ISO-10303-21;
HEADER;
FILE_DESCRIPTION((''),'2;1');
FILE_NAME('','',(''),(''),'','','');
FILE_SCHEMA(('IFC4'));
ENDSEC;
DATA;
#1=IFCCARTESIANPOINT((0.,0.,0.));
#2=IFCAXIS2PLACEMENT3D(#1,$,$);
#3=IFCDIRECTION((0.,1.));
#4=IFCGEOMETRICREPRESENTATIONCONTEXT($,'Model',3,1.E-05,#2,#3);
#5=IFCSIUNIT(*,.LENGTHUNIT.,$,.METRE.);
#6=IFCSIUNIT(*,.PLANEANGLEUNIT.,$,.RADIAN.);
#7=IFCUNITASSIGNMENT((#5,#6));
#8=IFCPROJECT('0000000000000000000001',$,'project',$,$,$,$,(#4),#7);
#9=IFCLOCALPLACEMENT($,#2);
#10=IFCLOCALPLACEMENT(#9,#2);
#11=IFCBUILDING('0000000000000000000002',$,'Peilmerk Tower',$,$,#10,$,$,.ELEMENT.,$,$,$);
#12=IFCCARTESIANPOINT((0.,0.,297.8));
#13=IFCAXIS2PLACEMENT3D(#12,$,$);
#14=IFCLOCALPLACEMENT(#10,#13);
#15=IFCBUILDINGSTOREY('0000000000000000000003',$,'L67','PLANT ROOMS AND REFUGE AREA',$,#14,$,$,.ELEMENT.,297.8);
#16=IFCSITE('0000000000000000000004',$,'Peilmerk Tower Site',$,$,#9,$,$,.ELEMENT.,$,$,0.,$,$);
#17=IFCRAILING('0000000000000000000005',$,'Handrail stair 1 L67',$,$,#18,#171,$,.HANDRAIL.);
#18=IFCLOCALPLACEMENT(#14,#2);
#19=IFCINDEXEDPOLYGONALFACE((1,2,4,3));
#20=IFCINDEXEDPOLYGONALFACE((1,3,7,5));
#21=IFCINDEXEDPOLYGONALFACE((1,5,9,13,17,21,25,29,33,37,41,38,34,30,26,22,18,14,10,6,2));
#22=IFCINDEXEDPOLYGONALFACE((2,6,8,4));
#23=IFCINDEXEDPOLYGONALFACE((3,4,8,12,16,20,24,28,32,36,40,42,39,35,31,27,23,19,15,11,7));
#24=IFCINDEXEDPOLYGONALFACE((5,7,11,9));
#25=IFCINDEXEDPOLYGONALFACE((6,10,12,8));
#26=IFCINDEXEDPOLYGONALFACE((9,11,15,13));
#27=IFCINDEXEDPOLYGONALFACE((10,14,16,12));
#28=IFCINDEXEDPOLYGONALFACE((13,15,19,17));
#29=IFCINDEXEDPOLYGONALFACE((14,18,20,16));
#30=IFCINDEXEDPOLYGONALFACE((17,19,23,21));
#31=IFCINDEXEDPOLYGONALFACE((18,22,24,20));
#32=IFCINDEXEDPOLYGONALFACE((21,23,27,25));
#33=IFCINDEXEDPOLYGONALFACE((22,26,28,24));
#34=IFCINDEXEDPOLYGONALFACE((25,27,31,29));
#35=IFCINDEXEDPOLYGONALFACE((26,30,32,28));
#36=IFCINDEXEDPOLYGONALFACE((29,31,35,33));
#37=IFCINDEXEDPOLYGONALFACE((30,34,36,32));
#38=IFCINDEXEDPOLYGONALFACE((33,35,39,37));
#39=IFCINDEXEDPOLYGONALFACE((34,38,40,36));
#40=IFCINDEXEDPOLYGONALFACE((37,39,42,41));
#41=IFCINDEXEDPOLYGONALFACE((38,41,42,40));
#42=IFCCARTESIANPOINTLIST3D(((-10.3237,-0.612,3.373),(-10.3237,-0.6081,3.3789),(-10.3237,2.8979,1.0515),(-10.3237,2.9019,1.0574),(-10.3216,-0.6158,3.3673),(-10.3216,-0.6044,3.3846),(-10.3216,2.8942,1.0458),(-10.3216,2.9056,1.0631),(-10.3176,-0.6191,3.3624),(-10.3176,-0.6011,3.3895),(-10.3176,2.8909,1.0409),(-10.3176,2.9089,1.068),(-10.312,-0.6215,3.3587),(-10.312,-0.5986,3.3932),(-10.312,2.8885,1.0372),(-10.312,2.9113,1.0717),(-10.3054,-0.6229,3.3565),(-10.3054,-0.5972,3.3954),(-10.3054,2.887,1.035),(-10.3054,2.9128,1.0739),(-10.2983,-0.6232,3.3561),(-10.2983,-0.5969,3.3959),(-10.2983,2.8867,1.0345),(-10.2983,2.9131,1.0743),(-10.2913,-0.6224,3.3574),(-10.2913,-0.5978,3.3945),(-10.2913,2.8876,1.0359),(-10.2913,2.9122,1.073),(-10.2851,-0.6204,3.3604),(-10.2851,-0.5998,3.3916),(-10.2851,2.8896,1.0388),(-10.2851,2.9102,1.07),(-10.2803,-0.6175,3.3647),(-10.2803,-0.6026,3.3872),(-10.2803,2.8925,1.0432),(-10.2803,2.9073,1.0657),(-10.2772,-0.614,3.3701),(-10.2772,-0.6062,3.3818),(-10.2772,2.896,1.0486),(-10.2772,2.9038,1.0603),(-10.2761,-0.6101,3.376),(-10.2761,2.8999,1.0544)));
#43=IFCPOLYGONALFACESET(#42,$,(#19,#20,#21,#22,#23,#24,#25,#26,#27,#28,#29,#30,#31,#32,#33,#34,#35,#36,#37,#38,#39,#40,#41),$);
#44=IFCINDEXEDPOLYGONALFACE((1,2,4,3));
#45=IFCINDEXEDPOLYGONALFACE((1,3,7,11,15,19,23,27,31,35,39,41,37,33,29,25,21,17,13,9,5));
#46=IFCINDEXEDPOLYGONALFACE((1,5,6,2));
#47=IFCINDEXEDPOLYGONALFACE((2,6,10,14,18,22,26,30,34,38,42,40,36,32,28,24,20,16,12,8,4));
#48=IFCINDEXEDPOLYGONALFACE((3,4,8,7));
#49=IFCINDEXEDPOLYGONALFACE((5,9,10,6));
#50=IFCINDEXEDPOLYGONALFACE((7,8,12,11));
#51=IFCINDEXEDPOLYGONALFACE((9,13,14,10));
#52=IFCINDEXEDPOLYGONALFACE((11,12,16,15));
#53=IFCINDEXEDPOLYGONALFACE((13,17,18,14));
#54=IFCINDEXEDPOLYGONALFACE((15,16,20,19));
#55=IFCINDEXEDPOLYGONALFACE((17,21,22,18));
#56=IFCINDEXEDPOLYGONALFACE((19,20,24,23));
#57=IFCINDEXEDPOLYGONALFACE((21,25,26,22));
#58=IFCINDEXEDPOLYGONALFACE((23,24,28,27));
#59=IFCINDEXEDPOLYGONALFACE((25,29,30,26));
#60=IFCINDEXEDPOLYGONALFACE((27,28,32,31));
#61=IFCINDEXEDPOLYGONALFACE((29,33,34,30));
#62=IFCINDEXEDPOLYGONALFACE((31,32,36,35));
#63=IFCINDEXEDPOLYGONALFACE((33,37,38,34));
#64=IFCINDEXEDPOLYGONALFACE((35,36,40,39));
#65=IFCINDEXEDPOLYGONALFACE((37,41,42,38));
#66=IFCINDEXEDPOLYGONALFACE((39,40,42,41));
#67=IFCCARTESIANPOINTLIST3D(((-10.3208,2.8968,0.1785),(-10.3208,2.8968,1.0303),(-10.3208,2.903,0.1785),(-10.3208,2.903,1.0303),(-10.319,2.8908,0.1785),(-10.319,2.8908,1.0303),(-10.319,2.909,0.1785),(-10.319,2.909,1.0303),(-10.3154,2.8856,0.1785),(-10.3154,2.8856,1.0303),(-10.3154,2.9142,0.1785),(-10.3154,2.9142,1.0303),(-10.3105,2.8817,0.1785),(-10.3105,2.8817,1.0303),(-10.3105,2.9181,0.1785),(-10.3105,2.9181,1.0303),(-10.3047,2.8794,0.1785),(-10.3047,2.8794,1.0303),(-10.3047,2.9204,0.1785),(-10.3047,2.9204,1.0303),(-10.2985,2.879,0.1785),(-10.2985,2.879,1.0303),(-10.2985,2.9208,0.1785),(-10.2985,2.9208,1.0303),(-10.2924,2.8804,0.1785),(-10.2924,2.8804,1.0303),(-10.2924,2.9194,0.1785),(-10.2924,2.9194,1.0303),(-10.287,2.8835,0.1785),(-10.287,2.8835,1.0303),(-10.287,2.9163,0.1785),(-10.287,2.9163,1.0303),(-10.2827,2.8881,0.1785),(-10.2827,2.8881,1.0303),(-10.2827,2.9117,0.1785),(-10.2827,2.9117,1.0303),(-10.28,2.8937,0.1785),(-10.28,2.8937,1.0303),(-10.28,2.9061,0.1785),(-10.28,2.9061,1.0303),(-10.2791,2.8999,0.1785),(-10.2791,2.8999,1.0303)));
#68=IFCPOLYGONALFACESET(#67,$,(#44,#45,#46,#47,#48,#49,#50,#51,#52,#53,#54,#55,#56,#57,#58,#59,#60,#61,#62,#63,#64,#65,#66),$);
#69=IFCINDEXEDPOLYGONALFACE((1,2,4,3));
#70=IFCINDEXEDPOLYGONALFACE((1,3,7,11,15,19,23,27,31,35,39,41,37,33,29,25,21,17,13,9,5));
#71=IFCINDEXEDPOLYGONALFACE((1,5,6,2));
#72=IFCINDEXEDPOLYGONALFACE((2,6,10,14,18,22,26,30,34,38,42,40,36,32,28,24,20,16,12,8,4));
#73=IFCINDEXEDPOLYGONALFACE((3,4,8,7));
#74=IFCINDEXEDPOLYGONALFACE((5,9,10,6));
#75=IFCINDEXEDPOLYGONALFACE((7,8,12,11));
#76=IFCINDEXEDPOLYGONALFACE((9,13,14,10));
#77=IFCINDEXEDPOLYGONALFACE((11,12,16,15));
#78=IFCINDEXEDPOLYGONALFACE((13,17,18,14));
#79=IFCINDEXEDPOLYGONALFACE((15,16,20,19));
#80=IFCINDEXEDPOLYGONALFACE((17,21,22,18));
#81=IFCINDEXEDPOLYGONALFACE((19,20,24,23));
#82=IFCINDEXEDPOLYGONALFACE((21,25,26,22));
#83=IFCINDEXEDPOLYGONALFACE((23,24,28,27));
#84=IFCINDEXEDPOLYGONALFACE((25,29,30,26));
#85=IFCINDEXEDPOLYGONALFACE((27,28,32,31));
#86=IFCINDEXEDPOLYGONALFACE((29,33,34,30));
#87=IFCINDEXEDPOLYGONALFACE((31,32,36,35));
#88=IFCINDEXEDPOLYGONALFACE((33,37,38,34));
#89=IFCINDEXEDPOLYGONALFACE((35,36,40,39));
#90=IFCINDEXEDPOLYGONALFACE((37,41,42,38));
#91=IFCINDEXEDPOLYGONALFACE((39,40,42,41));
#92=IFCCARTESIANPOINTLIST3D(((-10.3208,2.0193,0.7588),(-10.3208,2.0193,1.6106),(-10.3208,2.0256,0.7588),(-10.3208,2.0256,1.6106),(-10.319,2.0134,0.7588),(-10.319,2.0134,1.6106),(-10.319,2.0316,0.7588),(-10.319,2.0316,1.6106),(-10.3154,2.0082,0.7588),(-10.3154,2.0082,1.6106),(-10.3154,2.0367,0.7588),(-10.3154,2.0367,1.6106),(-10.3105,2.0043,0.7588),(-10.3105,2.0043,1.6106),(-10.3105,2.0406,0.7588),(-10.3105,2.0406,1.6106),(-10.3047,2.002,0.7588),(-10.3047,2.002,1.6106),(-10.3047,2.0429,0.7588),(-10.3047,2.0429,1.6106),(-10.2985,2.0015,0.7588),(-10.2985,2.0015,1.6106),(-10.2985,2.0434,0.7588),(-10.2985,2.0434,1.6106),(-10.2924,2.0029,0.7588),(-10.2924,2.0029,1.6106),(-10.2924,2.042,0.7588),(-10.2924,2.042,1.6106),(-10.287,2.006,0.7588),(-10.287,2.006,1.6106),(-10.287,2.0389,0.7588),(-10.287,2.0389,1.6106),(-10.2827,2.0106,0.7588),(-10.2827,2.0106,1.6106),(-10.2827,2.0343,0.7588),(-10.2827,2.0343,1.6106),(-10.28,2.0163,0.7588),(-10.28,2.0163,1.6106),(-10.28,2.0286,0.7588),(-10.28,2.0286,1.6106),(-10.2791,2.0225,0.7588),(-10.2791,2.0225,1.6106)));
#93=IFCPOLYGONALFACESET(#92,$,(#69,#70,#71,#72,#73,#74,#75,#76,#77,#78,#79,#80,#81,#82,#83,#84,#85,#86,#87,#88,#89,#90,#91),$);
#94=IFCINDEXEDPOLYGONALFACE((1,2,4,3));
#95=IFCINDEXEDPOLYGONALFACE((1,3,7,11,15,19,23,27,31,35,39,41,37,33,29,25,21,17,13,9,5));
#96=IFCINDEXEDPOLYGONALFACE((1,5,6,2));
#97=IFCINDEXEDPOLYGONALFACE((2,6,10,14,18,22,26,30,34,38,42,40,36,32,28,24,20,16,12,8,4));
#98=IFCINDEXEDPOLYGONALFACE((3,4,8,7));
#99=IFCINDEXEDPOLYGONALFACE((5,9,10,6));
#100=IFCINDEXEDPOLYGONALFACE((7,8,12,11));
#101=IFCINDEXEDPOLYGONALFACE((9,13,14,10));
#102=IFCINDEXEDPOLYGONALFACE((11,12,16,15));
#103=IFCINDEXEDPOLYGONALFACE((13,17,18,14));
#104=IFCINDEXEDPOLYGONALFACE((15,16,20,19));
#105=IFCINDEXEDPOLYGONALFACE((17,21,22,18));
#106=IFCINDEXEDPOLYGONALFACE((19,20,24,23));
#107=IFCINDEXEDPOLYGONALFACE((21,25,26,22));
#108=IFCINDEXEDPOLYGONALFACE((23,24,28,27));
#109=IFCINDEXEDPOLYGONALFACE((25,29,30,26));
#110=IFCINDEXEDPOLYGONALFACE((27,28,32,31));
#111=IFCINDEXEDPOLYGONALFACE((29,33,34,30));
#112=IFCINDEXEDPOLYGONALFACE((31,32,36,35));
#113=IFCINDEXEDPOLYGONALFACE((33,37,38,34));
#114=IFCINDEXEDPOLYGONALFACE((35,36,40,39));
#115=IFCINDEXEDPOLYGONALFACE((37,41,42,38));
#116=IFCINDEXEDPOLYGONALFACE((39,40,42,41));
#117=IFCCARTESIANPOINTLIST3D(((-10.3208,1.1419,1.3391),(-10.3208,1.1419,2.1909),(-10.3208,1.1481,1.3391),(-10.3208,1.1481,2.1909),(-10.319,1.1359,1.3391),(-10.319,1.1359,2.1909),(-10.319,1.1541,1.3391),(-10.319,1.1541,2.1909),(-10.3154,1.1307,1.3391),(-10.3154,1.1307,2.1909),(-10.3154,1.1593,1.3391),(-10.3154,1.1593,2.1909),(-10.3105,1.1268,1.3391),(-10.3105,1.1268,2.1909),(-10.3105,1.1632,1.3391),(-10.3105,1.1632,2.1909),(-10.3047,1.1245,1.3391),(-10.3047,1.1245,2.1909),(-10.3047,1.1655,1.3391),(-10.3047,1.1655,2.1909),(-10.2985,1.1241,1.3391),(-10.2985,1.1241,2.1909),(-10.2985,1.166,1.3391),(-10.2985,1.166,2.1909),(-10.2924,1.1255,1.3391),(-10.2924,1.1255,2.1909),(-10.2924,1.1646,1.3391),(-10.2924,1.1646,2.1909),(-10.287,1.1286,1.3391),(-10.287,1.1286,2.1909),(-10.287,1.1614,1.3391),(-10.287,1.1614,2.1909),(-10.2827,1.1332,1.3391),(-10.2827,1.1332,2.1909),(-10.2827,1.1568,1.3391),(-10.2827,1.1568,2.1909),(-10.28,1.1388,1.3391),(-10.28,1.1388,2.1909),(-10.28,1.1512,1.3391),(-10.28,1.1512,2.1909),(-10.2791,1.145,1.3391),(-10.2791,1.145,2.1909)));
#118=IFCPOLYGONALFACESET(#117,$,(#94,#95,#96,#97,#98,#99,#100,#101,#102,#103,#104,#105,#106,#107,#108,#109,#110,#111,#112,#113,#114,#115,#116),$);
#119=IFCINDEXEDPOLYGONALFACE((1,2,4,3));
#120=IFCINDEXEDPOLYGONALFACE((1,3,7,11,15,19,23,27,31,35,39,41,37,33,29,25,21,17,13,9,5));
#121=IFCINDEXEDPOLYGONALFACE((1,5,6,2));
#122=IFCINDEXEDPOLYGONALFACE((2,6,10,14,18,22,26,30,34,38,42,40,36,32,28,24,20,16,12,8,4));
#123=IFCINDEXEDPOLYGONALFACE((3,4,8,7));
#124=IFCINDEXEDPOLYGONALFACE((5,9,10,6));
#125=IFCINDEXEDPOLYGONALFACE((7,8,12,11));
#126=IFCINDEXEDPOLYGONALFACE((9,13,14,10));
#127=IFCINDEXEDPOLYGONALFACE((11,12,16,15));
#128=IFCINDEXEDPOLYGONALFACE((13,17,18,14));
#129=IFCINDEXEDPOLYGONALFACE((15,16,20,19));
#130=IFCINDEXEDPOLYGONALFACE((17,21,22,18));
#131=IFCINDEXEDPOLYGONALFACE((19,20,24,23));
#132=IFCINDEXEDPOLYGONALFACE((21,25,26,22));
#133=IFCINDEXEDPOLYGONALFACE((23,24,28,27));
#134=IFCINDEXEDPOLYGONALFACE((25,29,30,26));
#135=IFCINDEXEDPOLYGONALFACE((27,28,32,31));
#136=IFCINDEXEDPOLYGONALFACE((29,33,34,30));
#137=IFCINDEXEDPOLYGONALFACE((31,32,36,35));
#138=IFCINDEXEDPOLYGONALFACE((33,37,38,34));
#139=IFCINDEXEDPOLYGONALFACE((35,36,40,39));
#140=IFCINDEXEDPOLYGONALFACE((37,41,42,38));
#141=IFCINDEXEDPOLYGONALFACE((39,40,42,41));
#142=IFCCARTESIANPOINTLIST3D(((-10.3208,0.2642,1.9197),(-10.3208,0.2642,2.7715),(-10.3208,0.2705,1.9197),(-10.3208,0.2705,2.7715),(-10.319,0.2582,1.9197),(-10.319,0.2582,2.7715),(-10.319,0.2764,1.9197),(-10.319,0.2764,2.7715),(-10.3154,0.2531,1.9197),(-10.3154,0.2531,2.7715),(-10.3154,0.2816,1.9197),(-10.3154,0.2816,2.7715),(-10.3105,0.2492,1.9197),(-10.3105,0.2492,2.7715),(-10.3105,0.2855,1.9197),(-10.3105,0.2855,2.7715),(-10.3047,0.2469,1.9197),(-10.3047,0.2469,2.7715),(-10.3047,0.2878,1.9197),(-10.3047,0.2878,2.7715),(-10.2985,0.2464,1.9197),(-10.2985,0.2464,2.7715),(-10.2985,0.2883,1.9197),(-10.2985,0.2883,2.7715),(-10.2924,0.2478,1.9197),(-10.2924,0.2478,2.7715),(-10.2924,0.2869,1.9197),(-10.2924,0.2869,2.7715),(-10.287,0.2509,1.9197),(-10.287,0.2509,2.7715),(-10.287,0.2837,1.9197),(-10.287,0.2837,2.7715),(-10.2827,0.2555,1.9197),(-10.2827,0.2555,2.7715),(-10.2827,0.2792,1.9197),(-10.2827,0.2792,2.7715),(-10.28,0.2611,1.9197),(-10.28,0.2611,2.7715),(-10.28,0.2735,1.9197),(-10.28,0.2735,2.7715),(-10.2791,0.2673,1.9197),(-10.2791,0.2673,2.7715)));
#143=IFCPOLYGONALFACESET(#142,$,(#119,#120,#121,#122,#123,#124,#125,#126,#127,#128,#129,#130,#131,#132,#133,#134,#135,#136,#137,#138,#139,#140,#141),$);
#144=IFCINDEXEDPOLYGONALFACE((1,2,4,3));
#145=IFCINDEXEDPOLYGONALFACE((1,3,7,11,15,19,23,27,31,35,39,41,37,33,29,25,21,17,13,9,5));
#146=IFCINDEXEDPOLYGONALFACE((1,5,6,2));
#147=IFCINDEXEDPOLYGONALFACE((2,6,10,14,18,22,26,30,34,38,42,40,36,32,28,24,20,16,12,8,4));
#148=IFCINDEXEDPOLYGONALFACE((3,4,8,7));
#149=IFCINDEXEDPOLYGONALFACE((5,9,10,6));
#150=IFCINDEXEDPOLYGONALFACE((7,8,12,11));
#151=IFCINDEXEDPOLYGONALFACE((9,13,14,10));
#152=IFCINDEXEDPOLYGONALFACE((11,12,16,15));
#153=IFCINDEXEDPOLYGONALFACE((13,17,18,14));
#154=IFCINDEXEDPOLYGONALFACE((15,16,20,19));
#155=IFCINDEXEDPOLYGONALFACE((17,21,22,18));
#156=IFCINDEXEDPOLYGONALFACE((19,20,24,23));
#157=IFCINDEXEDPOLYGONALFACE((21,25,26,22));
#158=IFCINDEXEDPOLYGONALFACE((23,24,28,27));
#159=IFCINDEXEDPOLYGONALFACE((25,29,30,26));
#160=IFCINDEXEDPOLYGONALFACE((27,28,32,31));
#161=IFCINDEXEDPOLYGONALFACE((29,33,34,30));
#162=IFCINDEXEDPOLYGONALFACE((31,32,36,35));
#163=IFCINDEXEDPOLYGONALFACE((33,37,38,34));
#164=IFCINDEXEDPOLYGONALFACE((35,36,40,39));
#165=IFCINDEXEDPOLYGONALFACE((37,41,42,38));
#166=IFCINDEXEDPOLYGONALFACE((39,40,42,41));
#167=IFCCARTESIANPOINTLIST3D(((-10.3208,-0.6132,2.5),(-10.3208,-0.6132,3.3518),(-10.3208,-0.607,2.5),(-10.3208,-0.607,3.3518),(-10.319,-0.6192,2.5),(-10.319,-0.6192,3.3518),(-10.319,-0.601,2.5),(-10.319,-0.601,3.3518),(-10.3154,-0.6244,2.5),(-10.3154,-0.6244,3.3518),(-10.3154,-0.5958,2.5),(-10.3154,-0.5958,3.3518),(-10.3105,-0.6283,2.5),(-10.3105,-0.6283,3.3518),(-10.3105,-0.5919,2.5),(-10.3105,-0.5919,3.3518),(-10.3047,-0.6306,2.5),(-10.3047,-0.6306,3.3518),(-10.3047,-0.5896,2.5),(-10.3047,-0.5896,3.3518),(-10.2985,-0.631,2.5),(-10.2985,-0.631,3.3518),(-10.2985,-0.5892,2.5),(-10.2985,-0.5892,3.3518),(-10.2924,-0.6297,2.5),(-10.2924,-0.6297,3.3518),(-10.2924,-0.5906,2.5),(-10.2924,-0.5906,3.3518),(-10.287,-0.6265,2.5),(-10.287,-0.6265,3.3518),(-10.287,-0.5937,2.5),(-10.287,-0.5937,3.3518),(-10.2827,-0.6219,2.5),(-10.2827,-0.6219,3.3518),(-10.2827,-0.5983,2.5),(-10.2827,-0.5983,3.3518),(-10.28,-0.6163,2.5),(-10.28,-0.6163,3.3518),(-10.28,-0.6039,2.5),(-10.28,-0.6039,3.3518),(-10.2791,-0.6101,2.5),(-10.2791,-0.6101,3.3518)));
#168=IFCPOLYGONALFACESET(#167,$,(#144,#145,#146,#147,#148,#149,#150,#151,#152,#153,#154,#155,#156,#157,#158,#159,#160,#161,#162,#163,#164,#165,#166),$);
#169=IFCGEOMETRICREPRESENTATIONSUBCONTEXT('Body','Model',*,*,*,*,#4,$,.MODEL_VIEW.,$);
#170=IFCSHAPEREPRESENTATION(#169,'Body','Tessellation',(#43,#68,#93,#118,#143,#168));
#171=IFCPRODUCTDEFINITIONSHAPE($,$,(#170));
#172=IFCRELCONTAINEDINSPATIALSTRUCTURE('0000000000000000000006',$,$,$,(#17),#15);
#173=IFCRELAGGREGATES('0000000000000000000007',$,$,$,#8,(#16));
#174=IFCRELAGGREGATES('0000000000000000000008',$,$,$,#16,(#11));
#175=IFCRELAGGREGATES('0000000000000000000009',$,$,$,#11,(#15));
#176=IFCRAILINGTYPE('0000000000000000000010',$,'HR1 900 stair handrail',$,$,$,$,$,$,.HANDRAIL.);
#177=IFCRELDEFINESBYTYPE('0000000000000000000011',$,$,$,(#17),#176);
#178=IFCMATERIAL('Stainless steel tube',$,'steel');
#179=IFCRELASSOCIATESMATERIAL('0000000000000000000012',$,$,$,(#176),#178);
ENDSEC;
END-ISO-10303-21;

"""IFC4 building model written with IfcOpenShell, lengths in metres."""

from ifc_helpers import new_model, si_unit, direction, frame, origin, origin_2d, place, context, subcontext, project, spatial, circle, extrude, material, type_object, element, save


model = new_model("IFC4")

# Units and contexts
model_context = context("Model", 3, precision=1e-05, world=origin(), true_north=direction((0.0, 1.0)))
body_context = subcontext(model_context, "Body", "Model", "MODEL_VIEW")
ifc_project = project(units=[si_unit("LENGTHUNIT", "METRE"), si_unit("PLANEANGLEUNIT", "RADIAN")], contexts=[model_context])

# Site, building, storey
site_placement = place(None, origin())
site = spatial("IfcSite", under=ifc_project, at=site_placement, Name="Peilmerk Tower Site", CompositionType="ELEMENT", RefElevation=0.0)
building_placement = place(site_placement, origin())
building = spatial("IfcBuilding", under=site, at=building_placement, Name="Peilmerk Tower", CompositionType="ELEMENT")
storey_placement = place(building_placement, frame((0.0, 0.0, 297.8)))
storey = spatial("IfcBuildingStorey", under=building, at=storey_placement, Name="L67", Description="PLANT ROOMS AND REFUGE AREA", CompositionType="ELEMENT", Elevation=297.8)

# Railing
ifc_material_1 = material(Name="Stainless steel tube", Category="steel")
railing_type_1 = type_object("IfcRailingType", Name="HR1 900 stair handrail", PredefinedType="HANDRAIL", material=ifc_material_1)
railing_1_placement = place(storey_placement, frame((-10.3, 2.8999, 0.1785)))
element("IfcRailing", 1, at=railing_1_placement, inside=storey, type_object=railing_type_1, Name="Handrail stair 1 L67", PredefinedType="HANDRAIL", context=body_context, shape_type="SweptSolid", body=[
    extrude(circle(Radius=0.0239, at=origin_2d()), frame((0.0, 0.0, 0.876), z_axis=(0.0, -0.834071, 0.551657), x_axis=(1.0, 0.0, 0.0)), (0.0, 0.0, 1.0), 4.2083),
    extrude(circle(Radius=0.021, at=origin_2d()), origin(), (0.0, 0.0, 1.0), 0.8518),
    extrude(circle(Radius=0.021, at=origin_2d()), frame((0.0, -0.8774, 0.5803)), (0.0, 0.0, 1.0), 0.8518),
    extrude(circle(Radius=0.021, at=origin_2d()), frame((0.0, -1.7549, 1.1606)), (0.0, 0.0, 1.0), 0.8518),
    extrude(circle(Radius=0.021, at=origin_2d()), frame((0.0, -2.6326, 1.7412)), (0.0, 0.0, 1.0), 0.8518),
    extrude(circle(Radius=0.021, at=origin_2d()), frame((0.0, -3.51, 2.3215)), (0.0, 0.0, 1.0), 0.8518),
])

save(model, "model.ifc")
